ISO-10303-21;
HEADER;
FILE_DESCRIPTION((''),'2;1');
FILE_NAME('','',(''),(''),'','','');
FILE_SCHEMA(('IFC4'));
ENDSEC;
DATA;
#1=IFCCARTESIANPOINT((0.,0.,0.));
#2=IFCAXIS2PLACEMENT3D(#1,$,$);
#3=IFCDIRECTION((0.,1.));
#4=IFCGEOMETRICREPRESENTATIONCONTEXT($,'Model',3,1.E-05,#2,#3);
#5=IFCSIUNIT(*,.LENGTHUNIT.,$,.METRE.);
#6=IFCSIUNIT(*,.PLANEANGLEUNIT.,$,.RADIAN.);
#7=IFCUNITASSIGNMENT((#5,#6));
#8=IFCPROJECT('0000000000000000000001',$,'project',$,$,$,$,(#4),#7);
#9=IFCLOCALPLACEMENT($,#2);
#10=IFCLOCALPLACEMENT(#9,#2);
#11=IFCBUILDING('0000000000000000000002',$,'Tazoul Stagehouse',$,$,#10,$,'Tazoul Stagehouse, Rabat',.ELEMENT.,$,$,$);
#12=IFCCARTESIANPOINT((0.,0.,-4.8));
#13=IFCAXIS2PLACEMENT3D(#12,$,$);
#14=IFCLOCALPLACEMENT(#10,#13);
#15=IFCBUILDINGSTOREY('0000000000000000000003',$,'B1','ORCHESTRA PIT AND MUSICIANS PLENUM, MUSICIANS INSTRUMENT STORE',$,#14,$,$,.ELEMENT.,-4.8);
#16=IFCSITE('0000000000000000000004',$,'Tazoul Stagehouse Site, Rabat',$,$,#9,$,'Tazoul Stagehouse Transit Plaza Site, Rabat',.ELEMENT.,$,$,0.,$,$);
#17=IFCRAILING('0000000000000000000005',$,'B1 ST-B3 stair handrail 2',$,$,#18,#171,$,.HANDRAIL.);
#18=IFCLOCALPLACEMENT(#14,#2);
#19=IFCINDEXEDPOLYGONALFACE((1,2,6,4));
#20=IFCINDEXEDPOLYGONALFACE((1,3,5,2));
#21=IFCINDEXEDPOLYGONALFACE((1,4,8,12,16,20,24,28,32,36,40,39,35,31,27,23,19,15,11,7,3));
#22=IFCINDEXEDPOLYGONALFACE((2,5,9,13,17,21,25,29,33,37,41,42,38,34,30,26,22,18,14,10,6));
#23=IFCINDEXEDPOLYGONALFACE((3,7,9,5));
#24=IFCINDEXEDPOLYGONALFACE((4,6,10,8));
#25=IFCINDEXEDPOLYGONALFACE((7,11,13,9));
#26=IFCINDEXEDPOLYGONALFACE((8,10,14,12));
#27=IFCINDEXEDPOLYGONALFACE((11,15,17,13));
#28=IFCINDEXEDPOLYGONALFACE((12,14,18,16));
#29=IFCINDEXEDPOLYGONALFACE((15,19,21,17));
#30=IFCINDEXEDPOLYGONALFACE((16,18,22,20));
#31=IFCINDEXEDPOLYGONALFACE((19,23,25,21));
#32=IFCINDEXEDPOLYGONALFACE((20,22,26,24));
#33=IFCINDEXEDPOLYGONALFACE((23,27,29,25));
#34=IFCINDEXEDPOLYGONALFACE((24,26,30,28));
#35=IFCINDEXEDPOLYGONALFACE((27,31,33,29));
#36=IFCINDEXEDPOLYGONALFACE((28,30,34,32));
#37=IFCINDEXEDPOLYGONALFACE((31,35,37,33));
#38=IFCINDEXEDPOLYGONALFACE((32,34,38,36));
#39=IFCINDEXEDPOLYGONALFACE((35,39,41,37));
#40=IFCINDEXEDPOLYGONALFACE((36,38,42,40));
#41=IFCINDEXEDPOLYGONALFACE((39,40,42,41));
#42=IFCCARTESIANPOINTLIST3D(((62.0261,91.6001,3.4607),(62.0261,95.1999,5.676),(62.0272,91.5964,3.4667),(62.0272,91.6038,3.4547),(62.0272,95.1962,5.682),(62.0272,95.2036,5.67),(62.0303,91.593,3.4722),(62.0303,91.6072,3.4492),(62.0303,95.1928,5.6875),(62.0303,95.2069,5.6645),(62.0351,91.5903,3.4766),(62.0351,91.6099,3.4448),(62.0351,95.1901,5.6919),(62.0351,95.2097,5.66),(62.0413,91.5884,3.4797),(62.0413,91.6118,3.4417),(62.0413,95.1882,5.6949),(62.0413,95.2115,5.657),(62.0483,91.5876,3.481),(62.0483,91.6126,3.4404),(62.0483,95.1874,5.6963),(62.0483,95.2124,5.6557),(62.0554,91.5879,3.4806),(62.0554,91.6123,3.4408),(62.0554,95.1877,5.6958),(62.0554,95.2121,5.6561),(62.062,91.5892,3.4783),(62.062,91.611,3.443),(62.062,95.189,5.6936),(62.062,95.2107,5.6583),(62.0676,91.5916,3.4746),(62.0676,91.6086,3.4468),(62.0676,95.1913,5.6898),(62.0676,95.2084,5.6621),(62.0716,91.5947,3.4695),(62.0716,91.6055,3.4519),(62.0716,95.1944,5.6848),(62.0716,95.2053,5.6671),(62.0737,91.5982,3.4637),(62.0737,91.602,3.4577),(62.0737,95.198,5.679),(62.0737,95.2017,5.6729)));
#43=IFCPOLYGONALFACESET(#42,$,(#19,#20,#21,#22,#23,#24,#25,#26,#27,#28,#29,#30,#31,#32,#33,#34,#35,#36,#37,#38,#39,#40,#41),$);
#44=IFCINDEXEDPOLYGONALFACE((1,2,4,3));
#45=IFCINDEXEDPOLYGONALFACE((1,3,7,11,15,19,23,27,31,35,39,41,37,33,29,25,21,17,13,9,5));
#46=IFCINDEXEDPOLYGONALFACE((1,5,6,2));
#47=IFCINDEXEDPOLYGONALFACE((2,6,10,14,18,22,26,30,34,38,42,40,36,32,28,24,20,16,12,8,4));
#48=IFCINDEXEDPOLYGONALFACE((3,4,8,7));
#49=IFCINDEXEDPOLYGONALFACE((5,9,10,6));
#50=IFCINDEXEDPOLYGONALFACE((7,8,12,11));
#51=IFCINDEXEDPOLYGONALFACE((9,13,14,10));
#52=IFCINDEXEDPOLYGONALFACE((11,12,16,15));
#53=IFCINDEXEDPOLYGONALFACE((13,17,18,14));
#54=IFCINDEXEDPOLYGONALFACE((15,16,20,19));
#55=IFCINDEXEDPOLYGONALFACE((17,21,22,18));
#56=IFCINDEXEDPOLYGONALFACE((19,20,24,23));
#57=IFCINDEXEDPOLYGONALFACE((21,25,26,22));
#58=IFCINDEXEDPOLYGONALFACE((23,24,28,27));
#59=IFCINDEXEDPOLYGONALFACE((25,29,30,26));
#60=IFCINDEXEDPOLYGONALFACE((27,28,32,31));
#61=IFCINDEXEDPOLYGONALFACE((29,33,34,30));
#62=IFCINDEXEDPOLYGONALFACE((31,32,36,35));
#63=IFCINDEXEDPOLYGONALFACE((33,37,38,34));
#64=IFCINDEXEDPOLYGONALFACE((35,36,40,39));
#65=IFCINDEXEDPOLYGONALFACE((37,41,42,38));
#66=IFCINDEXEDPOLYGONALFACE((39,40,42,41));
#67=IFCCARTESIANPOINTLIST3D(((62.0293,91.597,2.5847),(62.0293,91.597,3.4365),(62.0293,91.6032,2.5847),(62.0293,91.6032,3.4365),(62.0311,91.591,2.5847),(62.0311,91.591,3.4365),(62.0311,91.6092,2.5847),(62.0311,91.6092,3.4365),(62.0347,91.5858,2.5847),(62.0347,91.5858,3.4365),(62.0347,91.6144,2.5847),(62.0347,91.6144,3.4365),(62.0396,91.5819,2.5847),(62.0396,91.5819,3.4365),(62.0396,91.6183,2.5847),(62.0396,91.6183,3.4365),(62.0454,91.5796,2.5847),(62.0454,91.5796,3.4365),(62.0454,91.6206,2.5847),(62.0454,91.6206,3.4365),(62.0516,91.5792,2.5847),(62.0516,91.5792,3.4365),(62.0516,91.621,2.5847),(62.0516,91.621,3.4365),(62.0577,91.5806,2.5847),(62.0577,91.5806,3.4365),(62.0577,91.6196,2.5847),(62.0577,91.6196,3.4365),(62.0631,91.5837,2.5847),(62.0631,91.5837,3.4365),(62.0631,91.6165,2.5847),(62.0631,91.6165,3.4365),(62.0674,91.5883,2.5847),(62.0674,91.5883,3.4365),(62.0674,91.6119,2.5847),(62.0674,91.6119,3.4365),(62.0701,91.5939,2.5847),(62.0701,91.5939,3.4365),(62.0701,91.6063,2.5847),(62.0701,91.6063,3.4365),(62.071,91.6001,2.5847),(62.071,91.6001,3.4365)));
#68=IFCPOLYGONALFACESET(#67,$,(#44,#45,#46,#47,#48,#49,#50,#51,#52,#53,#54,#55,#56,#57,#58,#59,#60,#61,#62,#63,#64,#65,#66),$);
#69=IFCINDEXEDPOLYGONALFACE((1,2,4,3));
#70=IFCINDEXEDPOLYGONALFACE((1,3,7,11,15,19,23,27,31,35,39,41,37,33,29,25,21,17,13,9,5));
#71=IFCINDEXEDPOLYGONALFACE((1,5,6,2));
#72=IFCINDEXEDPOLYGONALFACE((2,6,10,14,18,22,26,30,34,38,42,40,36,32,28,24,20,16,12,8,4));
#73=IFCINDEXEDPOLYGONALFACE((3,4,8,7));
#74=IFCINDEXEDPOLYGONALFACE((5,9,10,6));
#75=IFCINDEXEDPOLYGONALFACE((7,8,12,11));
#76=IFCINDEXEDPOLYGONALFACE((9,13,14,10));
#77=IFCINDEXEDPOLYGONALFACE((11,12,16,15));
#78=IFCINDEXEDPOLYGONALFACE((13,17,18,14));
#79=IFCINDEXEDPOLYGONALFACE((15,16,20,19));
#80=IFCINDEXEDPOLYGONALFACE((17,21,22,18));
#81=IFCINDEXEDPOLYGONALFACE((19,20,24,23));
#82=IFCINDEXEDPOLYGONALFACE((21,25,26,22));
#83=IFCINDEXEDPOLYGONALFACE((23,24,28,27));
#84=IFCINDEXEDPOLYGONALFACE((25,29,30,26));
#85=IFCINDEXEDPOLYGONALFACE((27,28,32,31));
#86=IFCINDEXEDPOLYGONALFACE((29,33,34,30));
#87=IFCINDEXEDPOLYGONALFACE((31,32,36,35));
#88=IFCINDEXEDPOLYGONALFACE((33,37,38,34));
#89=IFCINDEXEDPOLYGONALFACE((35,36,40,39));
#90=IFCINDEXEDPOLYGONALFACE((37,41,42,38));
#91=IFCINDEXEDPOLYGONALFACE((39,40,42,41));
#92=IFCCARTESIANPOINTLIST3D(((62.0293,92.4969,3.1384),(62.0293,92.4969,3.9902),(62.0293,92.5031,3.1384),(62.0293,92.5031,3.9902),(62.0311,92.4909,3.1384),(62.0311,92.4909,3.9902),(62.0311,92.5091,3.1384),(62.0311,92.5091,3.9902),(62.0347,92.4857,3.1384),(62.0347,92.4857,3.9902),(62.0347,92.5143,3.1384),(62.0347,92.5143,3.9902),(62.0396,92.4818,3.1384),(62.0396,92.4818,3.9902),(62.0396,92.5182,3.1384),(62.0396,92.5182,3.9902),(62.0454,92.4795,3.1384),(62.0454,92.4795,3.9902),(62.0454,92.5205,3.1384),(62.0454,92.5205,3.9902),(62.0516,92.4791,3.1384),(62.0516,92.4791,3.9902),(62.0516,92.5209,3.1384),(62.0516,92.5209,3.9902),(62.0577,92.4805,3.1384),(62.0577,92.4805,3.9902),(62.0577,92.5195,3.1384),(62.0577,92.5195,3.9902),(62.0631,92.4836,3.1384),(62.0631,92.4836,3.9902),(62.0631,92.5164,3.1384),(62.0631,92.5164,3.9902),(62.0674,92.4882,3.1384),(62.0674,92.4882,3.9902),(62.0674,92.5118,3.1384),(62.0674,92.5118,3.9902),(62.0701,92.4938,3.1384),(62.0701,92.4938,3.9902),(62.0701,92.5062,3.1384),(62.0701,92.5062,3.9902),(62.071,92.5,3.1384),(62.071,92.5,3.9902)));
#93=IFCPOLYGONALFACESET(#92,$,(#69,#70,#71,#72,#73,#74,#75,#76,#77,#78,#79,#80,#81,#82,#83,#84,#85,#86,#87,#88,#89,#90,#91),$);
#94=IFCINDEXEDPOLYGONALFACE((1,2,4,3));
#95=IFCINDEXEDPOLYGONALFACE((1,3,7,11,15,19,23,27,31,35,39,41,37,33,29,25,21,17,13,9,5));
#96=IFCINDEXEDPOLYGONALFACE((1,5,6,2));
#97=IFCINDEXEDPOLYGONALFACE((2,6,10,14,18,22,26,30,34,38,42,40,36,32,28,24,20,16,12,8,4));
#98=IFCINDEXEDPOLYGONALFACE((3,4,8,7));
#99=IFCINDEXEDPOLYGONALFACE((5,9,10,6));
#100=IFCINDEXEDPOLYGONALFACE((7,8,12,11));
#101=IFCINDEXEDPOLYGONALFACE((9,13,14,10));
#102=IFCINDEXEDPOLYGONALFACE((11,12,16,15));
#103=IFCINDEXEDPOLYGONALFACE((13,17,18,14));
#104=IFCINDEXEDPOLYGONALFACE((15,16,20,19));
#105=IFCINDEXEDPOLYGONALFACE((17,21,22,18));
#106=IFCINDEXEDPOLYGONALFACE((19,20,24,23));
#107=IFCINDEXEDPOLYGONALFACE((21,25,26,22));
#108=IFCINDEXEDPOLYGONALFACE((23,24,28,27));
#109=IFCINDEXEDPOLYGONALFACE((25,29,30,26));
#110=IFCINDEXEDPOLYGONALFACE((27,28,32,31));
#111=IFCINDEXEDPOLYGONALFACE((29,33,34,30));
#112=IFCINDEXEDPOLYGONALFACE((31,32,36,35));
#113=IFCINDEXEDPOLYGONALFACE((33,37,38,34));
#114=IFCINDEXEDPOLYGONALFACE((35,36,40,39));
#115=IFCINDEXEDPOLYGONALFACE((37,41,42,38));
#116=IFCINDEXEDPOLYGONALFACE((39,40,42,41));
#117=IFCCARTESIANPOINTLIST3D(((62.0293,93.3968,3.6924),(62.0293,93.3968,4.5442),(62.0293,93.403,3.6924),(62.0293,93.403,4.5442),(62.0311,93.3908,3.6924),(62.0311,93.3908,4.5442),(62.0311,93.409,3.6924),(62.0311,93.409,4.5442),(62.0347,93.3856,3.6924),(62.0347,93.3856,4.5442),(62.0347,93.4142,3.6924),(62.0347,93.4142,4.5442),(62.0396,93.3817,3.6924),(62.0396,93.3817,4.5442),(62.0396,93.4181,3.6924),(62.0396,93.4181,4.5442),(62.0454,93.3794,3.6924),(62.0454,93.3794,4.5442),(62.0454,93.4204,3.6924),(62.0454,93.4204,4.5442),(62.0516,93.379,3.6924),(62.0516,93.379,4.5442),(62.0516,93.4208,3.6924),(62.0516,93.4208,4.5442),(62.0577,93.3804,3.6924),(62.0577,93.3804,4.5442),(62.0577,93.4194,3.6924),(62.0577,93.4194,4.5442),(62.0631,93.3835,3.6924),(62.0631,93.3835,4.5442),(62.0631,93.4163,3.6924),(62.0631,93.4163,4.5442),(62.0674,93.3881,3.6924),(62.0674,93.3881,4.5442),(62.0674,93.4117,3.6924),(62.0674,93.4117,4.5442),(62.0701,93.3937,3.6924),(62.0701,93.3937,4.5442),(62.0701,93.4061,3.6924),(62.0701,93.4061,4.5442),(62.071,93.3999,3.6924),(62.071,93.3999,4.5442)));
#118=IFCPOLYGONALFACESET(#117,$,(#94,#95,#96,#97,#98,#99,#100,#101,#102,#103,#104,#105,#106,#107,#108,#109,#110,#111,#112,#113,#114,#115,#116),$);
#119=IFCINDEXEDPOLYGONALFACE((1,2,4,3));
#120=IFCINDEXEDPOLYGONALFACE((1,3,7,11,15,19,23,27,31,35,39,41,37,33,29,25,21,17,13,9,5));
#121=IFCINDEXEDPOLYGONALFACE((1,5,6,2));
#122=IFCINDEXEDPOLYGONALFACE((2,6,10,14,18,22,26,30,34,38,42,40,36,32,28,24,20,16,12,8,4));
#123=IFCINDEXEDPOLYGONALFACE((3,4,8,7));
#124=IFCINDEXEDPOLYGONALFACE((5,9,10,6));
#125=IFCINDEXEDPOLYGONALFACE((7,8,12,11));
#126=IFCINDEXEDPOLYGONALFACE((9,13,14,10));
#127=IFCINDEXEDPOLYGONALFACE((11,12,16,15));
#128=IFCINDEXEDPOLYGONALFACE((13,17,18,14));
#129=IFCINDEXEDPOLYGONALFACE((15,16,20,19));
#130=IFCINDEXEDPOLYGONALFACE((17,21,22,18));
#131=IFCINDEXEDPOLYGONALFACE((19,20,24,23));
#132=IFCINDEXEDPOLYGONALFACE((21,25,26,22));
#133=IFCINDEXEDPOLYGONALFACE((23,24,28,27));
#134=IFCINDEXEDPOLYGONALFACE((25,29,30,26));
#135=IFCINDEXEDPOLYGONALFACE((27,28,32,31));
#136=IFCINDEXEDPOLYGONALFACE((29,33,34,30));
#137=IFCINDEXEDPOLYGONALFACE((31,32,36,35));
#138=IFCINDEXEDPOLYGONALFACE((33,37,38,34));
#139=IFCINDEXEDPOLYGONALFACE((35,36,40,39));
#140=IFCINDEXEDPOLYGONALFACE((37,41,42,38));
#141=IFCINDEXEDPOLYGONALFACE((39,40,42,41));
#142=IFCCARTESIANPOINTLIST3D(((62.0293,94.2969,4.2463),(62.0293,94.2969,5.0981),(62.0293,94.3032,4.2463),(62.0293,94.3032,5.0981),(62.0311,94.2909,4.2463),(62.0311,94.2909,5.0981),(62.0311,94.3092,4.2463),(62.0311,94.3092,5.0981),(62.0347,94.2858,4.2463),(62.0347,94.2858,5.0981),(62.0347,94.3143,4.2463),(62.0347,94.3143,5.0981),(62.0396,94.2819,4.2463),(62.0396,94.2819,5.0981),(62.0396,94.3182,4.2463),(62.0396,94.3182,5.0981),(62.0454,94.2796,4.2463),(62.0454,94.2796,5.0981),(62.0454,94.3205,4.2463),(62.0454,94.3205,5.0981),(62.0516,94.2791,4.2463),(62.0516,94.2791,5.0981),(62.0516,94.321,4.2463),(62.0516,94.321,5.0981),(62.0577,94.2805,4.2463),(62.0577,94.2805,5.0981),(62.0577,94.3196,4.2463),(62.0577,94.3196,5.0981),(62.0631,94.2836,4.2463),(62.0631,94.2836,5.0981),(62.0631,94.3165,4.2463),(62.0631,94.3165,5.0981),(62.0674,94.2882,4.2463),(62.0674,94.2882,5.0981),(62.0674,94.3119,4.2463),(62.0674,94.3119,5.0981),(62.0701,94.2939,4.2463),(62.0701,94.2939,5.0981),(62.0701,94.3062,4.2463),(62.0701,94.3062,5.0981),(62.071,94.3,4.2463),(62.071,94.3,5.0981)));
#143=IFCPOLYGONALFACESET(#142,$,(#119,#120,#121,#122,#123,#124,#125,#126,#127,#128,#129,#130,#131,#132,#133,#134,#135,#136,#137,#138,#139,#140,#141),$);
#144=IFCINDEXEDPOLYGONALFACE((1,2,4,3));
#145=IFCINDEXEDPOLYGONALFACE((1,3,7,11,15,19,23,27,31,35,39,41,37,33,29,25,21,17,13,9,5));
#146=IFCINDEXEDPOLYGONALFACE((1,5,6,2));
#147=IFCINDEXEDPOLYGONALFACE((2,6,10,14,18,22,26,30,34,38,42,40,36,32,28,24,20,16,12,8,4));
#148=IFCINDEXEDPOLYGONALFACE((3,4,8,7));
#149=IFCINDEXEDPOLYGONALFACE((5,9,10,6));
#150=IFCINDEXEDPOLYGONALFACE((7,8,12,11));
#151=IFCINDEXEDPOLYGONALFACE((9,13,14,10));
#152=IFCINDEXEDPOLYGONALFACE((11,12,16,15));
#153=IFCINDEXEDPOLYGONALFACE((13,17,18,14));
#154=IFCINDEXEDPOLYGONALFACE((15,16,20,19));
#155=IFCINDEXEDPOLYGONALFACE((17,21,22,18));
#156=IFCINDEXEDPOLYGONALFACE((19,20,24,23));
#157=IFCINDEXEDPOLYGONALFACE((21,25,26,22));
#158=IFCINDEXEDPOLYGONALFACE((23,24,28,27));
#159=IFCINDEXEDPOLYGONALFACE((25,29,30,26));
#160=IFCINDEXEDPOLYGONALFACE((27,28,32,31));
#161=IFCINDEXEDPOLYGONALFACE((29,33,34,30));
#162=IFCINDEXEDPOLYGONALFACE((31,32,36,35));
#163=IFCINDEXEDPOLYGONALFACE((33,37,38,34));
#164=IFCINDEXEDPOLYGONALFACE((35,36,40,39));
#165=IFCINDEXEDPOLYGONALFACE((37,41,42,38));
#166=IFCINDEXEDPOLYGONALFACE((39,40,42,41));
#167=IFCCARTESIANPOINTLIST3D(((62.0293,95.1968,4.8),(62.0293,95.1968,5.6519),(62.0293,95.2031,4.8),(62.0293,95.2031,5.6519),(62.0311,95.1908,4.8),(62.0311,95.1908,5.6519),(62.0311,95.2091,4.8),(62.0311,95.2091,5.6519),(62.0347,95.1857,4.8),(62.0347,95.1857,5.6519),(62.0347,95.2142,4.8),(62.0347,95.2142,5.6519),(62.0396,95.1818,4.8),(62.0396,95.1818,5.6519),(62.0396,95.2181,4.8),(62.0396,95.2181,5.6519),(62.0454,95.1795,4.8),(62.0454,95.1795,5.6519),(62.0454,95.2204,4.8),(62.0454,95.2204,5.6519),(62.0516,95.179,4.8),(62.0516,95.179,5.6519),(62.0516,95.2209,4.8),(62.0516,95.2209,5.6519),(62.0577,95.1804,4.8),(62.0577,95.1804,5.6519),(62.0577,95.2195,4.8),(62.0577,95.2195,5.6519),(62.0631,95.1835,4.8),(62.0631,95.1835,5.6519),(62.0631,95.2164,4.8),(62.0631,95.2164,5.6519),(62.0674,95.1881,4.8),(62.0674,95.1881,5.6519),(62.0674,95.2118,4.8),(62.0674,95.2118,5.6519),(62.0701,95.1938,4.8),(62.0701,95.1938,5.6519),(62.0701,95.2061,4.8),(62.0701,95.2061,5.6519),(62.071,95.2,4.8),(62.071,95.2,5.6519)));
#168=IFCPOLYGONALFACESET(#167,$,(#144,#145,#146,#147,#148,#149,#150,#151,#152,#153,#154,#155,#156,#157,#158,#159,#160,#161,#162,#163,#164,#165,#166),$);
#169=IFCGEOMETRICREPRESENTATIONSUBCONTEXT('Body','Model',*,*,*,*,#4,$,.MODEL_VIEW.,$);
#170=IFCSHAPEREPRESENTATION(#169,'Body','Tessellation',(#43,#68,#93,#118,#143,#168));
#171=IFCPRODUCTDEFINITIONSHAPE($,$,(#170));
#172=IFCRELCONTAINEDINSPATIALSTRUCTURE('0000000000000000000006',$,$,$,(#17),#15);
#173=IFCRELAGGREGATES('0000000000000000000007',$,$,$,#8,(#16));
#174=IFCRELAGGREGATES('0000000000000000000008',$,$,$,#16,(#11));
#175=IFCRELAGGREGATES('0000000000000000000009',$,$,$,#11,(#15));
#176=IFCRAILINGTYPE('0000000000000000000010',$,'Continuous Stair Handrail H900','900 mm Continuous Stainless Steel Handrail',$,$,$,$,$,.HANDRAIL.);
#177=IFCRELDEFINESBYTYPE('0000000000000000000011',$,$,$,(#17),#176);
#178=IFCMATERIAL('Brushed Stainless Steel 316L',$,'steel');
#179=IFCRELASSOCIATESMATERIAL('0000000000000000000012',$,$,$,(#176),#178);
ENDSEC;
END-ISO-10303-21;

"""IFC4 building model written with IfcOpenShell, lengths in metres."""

from ifc_helpers import new_model, si_unit, direction, frame, origin, origin_2d, place, context, subcontext, project, spatial, circle, extrude, material, material_profile, profile_set, type_object, element, save


model = new_model("IFC4")

# Units and contexts
model_context = context("Model", 3, precision=1e-05, world=origin(), true_north=direction((0.0, 1.0)))
body_context = subcontext(model_context, "Body", "Model", "MODEL_VIEW")
ifc_project = project(units=[si_unit("LENGTHUNIT", "METRE"), si_unit("PLANEANGLEUNIT", "RADIAN")], contexts=[model_context])

# Site, building, storey
site_placement = place(None, origin())
site = spatial("IfcSite", under=ifc_project, at=site_placement, Name="Tazoul Stagehouse Site, Rabat", LongName="Tazoul Stagehouse Transit Plaza Site, Rabat", CompositionType="ELEMENT", RefElevation=0.0)
building_placement = place(site_placement, origin())
building = spatial("IfcBuilding", under=site, at=building_placement, Name="Tazoul Stagehouse", LongName="Tazoul Stagehouse, Rabat", CompositionType="ELEMENT")
storey_placement = place(building_placement, frame((0.0, 0.0, -4.8)))
storey = spatial("IfcBuildingStorey", under=building, at=storey_placement, Name="B1", Description="ORCHESTRA PIT AND MUSICIANS PLENUM, MUSICIANS INSTRUMENT STORE", CompositionType="ELEMENT", Elevation=-4.8)

# Railing
ifc_material_1 = material(Name="Brushed Stainless Steel 316L", Category="steel")
ifc_material_profile_1 = material_profile(ifc_material_1, circle(Radius=0.021, at=origin_2d()), Name="SS HANDRAIL D42")
ifc_profile_set_1 = profile_set([ifc_material_profile_1], Name="Brushed Stainless Steel 316L")
railing_type_1 = type_object("IfcRailingType", Name="Continuous Stair Handrail H900", Description="900 mm Continuous Stainless Steel Handrail", PredefinedType="HANDRAIL", material=ifc_profile_set_1)
railing_1_placement = place(storey_placement, frame((62.05, 91.6001, 2.5847)))
element("IfcRailing", 1, at=railing_1_placement, inside=storey, type_object=railing_type_1, Name="B1 ST-B3 stair handrail 2", PredefinedType="HANDRAIL", context=body_context, shape_type="SweptSolid", body=[
    extrude(circle(Radius=0.0239, at=origin_2d()), frame((0.0, 0.0, 0.876), z_axis=(0.0, 0.851654, 0.524104), x_axis=(-1.0, 0.0, 0.0)), (0.0, 0.0, 1.0), 4.2268),
    extrude(circle(Radius=0.021, at=origin_2d()), origin(), (0.0, 0.0, 1.0), 0.8518),
    extrude(circle(Radius=0.021, at=origin_2d()), frame((0.0, 0.8999, 0.5537)), (0.0, 0.0, 1.0), 0.8518),
    extrude(circle(Radius=0.021, at=origin_2d()), frame((0.0, 1.7998, 1.1077)), (0.0, 0.0, 1.0), 0.8518),
    extrude(circle(Radius=0.021, at=origin_2d()), frame((0.0, 2.7, 1.6616)), (0.0, 0.0, 1.0), 0.8518),
    extrude(circle(Radius=0.021, at=origin_2d()), frame((0.0, 3.5999, 2.2153)), (0.0, 0.0, 1.0), 0.8518),
])

save(model, "model.ifc")
